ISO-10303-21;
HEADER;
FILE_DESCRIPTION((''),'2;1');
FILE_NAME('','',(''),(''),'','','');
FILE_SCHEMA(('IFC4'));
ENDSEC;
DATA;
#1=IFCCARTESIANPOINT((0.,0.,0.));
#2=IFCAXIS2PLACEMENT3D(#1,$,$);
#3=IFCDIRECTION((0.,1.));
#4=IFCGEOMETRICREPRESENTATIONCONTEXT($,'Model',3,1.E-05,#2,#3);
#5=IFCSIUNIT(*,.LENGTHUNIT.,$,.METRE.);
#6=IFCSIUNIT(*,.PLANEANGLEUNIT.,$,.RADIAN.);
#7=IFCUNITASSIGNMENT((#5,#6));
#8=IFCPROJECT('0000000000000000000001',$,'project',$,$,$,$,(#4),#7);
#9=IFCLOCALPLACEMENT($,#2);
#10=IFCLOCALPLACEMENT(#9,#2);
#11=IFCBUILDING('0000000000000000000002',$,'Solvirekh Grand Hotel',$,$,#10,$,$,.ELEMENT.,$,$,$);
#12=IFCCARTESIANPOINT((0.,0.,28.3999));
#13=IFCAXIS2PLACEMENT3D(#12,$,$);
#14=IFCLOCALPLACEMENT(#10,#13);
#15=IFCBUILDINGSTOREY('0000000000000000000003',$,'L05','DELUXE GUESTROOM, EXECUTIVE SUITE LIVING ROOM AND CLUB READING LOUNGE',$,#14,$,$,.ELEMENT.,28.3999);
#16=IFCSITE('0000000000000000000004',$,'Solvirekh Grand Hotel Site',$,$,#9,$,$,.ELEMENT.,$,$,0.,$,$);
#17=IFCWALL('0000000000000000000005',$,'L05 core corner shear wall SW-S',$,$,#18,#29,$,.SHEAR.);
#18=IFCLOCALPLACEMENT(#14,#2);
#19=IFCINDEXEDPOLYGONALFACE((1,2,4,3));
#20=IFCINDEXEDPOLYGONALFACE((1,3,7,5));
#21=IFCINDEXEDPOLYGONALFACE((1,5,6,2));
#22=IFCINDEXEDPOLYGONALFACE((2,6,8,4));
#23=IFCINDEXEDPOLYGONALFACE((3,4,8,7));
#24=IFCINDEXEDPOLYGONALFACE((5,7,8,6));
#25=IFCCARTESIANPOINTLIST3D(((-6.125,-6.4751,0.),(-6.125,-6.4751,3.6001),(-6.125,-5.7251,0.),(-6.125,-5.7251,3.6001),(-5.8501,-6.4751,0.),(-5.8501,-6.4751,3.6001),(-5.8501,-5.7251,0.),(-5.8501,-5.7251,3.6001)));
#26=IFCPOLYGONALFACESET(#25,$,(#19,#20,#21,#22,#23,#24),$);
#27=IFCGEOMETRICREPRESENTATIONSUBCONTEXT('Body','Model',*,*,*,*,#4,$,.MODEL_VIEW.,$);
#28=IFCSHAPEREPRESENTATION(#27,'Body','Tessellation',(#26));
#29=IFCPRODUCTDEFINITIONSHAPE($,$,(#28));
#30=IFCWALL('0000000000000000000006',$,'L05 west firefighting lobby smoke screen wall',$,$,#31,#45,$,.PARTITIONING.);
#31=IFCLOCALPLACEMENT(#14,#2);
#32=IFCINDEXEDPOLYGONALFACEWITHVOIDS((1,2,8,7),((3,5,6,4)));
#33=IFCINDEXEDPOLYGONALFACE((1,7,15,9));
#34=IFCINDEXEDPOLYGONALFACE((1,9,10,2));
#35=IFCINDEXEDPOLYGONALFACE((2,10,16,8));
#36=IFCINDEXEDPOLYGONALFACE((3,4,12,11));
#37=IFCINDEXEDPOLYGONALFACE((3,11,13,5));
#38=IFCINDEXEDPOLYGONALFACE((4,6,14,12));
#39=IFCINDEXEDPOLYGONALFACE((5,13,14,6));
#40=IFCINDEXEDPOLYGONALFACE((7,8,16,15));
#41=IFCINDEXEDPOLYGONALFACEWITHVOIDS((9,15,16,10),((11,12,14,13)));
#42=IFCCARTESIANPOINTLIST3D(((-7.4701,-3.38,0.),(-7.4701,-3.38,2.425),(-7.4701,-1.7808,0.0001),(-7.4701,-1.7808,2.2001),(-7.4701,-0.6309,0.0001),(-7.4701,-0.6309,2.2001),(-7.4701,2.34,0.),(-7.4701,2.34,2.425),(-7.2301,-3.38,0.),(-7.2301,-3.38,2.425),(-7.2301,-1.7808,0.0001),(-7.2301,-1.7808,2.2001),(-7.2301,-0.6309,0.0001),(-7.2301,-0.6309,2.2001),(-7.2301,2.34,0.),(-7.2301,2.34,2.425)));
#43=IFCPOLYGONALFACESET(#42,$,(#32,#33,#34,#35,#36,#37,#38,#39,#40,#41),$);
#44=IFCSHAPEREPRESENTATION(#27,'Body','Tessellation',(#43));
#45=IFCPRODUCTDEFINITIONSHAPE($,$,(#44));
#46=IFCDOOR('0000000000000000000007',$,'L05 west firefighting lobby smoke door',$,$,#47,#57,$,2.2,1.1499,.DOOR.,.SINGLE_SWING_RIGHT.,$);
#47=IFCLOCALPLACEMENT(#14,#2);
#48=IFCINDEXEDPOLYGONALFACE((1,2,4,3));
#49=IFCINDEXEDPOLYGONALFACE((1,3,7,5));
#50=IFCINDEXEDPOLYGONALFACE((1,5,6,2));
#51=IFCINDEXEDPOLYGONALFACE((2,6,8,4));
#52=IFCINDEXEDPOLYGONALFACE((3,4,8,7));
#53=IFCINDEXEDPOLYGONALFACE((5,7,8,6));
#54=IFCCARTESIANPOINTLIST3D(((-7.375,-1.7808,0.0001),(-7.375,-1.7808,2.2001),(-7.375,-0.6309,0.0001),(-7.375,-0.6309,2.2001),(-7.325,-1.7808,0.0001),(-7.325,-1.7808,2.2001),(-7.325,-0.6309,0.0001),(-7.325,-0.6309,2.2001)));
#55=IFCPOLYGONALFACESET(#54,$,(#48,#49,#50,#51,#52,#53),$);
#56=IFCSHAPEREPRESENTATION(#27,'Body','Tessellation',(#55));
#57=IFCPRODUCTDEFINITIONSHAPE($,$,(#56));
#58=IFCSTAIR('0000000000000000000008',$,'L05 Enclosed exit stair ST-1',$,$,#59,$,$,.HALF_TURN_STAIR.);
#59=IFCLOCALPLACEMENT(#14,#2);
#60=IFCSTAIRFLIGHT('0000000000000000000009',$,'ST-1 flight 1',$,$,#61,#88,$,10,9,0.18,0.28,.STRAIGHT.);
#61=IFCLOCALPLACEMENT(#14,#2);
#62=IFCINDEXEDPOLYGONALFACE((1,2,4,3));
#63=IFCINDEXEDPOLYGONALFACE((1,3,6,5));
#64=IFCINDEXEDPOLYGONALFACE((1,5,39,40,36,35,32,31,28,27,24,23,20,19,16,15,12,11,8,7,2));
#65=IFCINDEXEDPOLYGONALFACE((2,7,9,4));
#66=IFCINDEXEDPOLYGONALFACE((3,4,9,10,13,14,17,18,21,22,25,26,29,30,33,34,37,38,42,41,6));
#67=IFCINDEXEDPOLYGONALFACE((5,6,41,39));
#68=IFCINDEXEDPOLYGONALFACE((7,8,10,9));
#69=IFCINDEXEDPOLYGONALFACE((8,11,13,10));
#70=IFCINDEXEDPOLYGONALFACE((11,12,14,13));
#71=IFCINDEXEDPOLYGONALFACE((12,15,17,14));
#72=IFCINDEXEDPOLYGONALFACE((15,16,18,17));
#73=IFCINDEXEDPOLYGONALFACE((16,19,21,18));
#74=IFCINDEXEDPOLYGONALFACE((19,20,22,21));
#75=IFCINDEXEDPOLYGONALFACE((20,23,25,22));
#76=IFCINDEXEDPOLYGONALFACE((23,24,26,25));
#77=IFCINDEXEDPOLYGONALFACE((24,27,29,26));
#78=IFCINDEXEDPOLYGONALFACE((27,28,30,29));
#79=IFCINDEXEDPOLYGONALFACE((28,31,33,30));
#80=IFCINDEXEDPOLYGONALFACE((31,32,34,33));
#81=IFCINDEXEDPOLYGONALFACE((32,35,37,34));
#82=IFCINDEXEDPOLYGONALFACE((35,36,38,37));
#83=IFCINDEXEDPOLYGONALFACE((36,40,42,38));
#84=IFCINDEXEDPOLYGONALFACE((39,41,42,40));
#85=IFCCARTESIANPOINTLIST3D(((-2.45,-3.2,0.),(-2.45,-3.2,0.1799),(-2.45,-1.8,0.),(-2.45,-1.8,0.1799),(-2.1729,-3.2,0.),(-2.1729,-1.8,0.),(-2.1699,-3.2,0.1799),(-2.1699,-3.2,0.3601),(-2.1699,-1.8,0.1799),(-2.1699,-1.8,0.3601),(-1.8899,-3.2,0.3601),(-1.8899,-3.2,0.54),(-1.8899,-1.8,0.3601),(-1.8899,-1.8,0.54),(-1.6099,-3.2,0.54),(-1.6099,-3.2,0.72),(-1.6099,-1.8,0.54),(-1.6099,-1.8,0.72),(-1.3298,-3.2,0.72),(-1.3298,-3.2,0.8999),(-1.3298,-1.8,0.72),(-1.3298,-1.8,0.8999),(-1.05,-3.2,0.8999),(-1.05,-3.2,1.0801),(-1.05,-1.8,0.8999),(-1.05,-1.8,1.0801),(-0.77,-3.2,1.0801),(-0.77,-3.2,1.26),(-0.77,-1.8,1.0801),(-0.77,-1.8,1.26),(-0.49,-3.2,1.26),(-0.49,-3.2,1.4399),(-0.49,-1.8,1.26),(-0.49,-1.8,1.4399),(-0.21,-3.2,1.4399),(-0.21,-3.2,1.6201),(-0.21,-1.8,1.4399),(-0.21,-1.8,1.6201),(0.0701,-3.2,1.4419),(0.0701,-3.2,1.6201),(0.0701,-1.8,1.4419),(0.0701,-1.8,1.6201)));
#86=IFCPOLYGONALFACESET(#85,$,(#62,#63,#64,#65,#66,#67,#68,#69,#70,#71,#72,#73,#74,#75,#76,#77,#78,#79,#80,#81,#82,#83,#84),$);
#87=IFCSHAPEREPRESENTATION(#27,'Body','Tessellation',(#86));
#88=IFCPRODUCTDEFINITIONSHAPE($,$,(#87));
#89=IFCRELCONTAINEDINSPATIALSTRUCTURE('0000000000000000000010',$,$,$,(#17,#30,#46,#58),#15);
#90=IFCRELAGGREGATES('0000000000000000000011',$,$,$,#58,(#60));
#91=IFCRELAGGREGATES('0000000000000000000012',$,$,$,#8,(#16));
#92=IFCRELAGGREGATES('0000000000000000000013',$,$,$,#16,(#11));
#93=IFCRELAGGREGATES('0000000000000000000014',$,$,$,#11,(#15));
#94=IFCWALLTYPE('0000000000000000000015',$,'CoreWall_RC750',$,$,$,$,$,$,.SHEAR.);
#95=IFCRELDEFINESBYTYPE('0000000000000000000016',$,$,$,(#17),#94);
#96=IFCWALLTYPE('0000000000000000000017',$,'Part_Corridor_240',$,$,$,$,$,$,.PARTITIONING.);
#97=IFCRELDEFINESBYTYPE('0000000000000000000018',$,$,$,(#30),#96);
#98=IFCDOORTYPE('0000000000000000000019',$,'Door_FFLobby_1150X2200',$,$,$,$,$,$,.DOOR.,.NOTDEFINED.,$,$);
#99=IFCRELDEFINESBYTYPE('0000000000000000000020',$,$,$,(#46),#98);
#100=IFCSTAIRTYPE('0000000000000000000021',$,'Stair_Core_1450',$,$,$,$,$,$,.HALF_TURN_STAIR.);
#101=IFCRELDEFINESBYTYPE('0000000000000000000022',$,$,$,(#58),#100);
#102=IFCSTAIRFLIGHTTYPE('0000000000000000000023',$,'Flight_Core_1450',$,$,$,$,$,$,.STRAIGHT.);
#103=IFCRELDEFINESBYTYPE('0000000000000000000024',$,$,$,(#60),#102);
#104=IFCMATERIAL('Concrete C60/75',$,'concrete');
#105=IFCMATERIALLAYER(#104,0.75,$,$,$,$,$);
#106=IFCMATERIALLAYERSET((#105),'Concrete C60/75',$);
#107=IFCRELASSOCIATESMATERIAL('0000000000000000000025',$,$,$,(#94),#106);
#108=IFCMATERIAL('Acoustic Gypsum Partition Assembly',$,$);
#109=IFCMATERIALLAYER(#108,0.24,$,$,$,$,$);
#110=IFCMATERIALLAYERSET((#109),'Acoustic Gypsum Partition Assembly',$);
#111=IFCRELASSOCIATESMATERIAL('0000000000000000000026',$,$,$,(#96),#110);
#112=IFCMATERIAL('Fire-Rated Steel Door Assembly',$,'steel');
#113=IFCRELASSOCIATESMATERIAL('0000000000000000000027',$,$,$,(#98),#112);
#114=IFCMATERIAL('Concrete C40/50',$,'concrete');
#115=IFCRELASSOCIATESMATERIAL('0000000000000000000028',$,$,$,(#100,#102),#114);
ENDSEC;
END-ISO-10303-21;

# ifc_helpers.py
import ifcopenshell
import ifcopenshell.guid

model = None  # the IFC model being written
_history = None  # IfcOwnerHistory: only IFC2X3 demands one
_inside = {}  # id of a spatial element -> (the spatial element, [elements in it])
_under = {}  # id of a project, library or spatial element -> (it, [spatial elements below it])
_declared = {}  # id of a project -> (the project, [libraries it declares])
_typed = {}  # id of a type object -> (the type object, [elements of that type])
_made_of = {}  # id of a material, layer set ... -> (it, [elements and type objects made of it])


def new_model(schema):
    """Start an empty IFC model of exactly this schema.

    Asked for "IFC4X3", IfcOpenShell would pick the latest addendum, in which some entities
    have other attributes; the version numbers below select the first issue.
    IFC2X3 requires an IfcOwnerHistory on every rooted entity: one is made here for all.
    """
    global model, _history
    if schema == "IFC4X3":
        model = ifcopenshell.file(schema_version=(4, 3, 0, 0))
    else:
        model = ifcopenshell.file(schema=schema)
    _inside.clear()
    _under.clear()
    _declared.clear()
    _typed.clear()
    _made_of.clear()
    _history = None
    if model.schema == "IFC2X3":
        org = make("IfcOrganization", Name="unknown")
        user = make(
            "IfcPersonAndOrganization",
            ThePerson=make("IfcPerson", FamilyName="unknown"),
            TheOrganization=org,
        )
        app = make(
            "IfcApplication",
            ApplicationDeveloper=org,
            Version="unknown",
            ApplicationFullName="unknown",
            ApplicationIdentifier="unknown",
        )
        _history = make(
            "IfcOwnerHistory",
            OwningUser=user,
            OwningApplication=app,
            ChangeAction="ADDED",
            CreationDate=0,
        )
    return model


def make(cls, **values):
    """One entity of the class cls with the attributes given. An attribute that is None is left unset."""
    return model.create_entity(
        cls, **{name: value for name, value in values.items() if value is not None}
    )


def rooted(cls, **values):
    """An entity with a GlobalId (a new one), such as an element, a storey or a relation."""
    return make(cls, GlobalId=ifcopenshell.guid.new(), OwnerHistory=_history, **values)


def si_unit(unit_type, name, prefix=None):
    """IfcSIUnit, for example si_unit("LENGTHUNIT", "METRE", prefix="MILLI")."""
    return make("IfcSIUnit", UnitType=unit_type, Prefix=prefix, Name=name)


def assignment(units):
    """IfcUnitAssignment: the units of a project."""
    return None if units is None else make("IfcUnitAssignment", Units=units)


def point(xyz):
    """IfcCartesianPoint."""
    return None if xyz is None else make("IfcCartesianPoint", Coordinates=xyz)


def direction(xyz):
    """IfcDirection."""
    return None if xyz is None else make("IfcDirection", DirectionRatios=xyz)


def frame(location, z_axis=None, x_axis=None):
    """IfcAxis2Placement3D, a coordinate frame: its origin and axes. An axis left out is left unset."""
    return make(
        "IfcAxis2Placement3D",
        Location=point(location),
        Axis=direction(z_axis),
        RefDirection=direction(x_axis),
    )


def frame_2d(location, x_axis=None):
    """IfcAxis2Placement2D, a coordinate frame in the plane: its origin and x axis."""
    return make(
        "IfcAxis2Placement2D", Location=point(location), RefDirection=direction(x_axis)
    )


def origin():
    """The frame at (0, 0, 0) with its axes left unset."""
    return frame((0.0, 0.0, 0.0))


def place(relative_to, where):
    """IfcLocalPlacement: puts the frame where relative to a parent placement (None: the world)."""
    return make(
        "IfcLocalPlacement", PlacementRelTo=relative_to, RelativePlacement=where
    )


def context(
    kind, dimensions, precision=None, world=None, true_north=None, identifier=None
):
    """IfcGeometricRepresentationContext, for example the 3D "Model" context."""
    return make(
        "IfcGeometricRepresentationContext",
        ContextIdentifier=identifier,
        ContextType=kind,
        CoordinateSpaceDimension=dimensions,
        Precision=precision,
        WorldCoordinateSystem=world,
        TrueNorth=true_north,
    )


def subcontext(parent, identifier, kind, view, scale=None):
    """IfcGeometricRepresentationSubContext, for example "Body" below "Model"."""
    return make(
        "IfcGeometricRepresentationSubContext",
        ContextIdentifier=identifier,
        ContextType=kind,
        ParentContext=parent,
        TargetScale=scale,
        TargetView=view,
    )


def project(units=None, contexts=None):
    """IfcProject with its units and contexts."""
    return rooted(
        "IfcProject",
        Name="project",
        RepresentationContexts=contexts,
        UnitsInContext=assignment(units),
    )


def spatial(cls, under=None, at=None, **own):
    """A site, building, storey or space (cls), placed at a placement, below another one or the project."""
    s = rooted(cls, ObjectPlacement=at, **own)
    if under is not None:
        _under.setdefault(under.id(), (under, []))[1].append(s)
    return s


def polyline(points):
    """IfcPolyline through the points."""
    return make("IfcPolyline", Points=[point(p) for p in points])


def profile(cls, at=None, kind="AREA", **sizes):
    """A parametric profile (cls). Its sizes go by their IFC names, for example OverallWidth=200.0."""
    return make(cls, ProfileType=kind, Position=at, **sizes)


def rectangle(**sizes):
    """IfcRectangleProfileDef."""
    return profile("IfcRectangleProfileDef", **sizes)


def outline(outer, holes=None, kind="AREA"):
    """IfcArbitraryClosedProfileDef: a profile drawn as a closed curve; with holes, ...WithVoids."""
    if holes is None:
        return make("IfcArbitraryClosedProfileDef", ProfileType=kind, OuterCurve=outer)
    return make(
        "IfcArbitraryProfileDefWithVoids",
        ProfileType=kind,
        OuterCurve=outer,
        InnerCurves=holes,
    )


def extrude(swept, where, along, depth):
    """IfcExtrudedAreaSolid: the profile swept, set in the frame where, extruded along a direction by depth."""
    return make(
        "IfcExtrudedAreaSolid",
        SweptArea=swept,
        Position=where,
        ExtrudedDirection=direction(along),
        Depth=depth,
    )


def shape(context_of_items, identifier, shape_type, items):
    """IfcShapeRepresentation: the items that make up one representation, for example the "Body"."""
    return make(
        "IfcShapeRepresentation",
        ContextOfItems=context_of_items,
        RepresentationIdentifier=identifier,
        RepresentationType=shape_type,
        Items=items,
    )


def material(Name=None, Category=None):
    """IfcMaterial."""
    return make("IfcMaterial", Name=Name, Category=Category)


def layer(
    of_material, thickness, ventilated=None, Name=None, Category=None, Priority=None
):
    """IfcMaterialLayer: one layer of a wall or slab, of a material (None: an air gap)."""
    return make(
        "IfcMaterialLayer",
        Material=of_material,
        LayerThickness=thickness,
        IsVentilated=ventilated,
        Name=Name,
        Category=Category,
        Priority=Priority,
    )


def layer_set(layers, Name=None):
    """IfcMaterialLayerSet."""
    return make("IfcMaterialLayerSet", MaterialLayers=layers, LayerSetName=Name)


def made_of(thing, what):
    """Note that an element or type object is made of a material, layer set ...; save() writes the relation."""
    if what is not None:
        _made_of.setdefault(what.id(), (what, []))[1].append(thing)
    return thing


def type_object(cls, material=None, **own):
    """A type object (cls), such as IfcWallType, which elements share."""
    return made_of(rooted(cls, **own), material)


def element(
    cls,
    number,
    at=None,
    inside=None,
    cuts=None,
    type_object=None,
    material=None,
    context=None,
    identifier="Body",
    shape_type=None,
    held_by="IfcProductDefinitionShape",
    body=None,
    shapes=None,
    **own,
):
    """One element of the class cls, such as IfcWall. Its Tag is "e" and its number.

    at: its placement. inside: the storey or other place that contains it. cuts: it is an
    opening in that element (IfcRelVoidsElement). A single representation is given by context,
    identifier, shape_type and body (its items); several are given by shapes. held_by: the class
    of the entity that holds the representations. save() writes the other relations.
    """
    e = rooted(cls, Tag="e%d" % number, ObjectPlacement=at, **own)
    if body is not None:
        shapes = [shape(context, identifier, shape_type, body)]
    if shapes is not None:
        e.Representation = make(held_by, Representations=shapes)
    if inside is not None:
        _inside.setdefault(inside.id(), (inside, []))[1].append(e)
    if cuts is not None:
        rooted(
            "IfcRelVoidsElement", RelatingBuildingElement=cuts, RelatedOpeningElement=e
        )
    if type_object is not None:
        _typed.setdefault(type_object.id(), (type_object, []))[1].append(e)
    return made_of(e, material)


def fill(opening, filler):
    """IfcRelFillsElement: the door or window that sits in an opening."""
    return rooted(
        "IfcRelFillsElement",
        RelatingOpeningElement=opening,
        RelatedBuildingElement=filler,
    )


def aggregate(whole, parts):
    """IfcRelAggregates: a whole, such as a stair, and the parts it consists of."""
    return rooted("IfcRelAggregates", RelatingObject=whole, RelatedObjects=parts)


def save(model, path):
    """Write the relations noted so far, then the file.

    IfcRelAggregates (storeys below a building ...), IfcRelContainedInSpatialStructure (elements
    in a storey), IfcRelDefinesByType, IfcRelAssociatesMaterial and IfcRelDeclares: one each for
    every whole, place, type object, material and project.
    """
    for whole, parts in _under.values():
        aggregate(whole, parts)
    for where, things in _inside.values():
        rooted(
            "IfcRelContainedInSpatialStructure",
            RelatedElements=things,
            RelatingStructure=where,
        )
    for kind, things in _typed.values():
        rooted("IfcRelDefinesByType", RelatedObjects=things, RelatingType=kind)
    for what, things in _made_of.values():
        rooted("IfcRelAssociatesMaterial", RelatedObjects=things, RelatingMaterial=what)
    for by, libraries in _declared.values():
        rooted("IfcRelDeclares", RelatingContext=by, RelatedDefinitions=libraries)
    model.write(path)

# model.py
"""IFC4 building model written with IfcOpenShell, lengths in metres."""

from ifc_helpers import new_model, si_unit, direction, frame, frame_2d, origin, place, context, subcontext, project, spatial, polyline, rectangle, outline, extrude, material, layer, layer_set, type_object, element, fill, aggregate, save


model = new_model("IFC4")

# Units and contexts
model_context = context("Model", 3, precision=1e-05, world=origin(), true_north=direction((0.0, 1.0)))
body_context = subcontext(model_context, "Body", "Model", "MODEL_VIEW")
ifc_project = project(units=[si_unit("LENGTHUNIT", "METRE"), si_unit("PLANEANGLEUNIT", "RADIAN")], contexts=[model_context])

# Site, building, storey
site_placement = place(None, origin())
site = spatial("IfcSite", under=ifc_project, at=site_placement, Name="Solvirekh Grand Hotel Site", CompositionType="ELEMENT", RefElevation=0.0)
building_placement = place(site_placement, origin())
building = spatial("IfcBuilding", under=site, at=building_placement, Name="Solvirekh Grand Hotel", CompositionType="ELEMENT")
storey_placement = place(building_placement, frame((0.0, 0.0, 28.3999)))
storey = spatial("IfcBuildingStorey", under=building, at=storey_placement, Name="L05", Description="DELUXE GUESTROOM, EXECUTIVE SUITE LIVING ROOM AND CLUB READING LOUNGE", CompositionType="ELEMENT", Elevation=28.3999)

# Shared definitions
ifc_material_1 = material(Name="Concrete C40/50", Category="concrete")
ifc_material_2 = material(Name="Fire-Rated Steel Door Assembly", Category="steel")

# Wall
ifc_material_3 = material(Name="Concrete C60/75", Category="concrete")
ifc_layer_1 = layer(ifc_material_3, 0.75)
ifc_layer_set_1 = layer_set([ifc_layer_1], Name="Concrete C60/75")
wall_type_1 = type_object("IfcWallType", Name="CoreWall_RC750", PredefinedType="SHEAR", material=ifc_layer_set_1)
wall_1_placement = place(storey_placement, frame((-6.125, -6.1001, 0.0), z_axis=(0.0, 0.0, 1.0), x_axis=(1.0, 0.0, 0.0)))
element("IfcWall", 1, at=wall_1_placement, inside=storey, type_object=wall_type_1, Name="L05 core corner shear wall SW-S", PredefinedType="SHEAR", context=body_context, shape_type="SweptSolid", body=[
    extrude(rectangle(XDim=0.2749, YDim=0.75, at=frame_2d((0.1375, 0.0))), origin(), (0.0, 0.0, 1.0), 3.6001),
])

# Wall, opening, door
ifc_material_4 = material(Name="Acoustic Gypsum Partition Assembly")
ifc_layer_2 = layer(ifc_material_4, 0.24)
ifc_layer_set_2 = layer_set([ifc_layer_2], Name="Acoustic Gypsum Partition Assembly")
wall_type_2 = type_object("IfcWallType", Name="Part_Corridor_240", PredefinedType="PARTITIONING", material=ifc_layer_set_2)
wall_2_placement = place(storey_placement, frame((-7.3501, -3.3799, 0.0), z_axis=(0.0, 0.0, 1.0), x_axis=(0.0, 1.0, 0.0)))
wall_2 = element("IfcWall", 2, at=wall_2_placement, inside=storey, type_object=wall_type_2, Name="L05 west firefighting lobby smoke screen wall", PredefinedType="PARTITIONING", context=body_context, shape_type="SweptSolid", body=[
    extrude(rectangle(XDim=5.72, YDim=0.24, at=frame_2d((2.8599, 0.0))), origin(), (0.0, 0.0, 1.0), 2.425),
])
opening_1_placement = place(wall_2_placement, frame((1.5991, 0.0, 0.0)))
opening_1 = element("IfcOpeningElement", 3, at=opening_1_placement, cuts=wall_2, PredefinedType="OPENING", context=body_context, shape_type="SweptSolid", body=[
    extrude(rectangle(XDim=1.1499, YDim=2.2, at=frame_2d((0.575, 1.1001))), frame((0.0, 0.1299, 0.0), z_axis=(0.0, -1.0, 0.0), x_axis=(1.0, 0.0, 0.0)), (0.0, 0.0, 1.0), 0.26),
])
door_type_1 = type_object("IfcDoorType", Name="Door_FFLobby_1150X2200", OperationType="NOTDEFINED", PredefinedType="DOOR", material=ifc_material_2)
door_1_placement = place(opening_1_placement, origin())
door_1 = element("IfcDoor", 4, at=door_1_placement, inside=storey, type_object=door_type_1, Name="L05 west firefighting lobby smoke door", OperationType="SINGLE_SWING_RIGHT", OverallHeight=2.2, OverallWidth=1.1499, PredefinedType="DOOR", context=body_context, shape_type="SweptSolid", body=[
    extrude(rectangle(XDim=1.1499, YDim=2.2, at=frame_2d((0.575, 1.1001))), frame((0.0, 0.0249, 0.0), z_axis=(0.0, -1.0, 0.0), x_axis=(1.0, 0.0, 0.0)), (0.0, 0.0, 1.0), 0.05),
])
fill(opening_1, door_1)

# Stair, stair flight
stair_type = type_object("IfcStairType", Name="Stair_Core_1450", PredefinedType="HALF_TURN_STAIR", material=ifc_material_1)
stair_placement = place(storey_placement, origin())
stair = element("IfcStair", 5, at=stair_placement, inside=storey, type_object=stair_type, Name="L05 Enclosed exit stair ST-1", PredefinedType="HALF_TURN_STAIR")
stair_flight_type = type_object("IfcStairFlightType", Name="Flight_Core_1450", PredefinedType="STRAIGHT", material=ifc_material_1)
stair_flight_placement = place(storey_placement, frame((-2.45, -2.5, 0.0), z_axis=(0.0, 0.0, 1.0), x_axis=(1.0, 0.0, 0.0)))
stair_flight = element("IfcStairFlight", 6, at=stair_flight_placement, type_object=stair_flight_type, Name="ST-1 flight 1", NumberOfRisers=10, NumberOfTreads=9, PredefinedType="STRAIGHT", RiserHeight=0.18, TreadLength=0.28, context=body_context, shape_type="SweptSolid", body=[
    extrude(outline(polyline([(0.0, 0.0), (0.0, 0.1799), (0.28, 0.1799), (0.28, 0.3601), (0.5601, 0.3601), (0.5601, 0.54), (0.8401, 0.54), (0.8401, 0.72), (1.1201, 0.72), (1.1201, 0.8999), (1.3999, 0.8999), (1.3999, 1.0801), (1.6799, 1.0801), (1.6799, 1.26), (1.96, 1.26), (1.96, 1.4399), (2.24, 1.4399), (2.24, 1.6201), (2.52, 1.6201), (2.52, 1.8), (2.52, 1.4419), (0.2771, 0.0), (0.0, 0.0)])), frame((0.0, 0.7, 0.0), z_axis=(0.0, -1.0, 0.0), x_axis=(1.0, 0.0, 0.0)), (0.0, 0.0, 1.0), 1.3999),
])
aggregate(stair, [stair_flight])

save(model, "model.ifc")
